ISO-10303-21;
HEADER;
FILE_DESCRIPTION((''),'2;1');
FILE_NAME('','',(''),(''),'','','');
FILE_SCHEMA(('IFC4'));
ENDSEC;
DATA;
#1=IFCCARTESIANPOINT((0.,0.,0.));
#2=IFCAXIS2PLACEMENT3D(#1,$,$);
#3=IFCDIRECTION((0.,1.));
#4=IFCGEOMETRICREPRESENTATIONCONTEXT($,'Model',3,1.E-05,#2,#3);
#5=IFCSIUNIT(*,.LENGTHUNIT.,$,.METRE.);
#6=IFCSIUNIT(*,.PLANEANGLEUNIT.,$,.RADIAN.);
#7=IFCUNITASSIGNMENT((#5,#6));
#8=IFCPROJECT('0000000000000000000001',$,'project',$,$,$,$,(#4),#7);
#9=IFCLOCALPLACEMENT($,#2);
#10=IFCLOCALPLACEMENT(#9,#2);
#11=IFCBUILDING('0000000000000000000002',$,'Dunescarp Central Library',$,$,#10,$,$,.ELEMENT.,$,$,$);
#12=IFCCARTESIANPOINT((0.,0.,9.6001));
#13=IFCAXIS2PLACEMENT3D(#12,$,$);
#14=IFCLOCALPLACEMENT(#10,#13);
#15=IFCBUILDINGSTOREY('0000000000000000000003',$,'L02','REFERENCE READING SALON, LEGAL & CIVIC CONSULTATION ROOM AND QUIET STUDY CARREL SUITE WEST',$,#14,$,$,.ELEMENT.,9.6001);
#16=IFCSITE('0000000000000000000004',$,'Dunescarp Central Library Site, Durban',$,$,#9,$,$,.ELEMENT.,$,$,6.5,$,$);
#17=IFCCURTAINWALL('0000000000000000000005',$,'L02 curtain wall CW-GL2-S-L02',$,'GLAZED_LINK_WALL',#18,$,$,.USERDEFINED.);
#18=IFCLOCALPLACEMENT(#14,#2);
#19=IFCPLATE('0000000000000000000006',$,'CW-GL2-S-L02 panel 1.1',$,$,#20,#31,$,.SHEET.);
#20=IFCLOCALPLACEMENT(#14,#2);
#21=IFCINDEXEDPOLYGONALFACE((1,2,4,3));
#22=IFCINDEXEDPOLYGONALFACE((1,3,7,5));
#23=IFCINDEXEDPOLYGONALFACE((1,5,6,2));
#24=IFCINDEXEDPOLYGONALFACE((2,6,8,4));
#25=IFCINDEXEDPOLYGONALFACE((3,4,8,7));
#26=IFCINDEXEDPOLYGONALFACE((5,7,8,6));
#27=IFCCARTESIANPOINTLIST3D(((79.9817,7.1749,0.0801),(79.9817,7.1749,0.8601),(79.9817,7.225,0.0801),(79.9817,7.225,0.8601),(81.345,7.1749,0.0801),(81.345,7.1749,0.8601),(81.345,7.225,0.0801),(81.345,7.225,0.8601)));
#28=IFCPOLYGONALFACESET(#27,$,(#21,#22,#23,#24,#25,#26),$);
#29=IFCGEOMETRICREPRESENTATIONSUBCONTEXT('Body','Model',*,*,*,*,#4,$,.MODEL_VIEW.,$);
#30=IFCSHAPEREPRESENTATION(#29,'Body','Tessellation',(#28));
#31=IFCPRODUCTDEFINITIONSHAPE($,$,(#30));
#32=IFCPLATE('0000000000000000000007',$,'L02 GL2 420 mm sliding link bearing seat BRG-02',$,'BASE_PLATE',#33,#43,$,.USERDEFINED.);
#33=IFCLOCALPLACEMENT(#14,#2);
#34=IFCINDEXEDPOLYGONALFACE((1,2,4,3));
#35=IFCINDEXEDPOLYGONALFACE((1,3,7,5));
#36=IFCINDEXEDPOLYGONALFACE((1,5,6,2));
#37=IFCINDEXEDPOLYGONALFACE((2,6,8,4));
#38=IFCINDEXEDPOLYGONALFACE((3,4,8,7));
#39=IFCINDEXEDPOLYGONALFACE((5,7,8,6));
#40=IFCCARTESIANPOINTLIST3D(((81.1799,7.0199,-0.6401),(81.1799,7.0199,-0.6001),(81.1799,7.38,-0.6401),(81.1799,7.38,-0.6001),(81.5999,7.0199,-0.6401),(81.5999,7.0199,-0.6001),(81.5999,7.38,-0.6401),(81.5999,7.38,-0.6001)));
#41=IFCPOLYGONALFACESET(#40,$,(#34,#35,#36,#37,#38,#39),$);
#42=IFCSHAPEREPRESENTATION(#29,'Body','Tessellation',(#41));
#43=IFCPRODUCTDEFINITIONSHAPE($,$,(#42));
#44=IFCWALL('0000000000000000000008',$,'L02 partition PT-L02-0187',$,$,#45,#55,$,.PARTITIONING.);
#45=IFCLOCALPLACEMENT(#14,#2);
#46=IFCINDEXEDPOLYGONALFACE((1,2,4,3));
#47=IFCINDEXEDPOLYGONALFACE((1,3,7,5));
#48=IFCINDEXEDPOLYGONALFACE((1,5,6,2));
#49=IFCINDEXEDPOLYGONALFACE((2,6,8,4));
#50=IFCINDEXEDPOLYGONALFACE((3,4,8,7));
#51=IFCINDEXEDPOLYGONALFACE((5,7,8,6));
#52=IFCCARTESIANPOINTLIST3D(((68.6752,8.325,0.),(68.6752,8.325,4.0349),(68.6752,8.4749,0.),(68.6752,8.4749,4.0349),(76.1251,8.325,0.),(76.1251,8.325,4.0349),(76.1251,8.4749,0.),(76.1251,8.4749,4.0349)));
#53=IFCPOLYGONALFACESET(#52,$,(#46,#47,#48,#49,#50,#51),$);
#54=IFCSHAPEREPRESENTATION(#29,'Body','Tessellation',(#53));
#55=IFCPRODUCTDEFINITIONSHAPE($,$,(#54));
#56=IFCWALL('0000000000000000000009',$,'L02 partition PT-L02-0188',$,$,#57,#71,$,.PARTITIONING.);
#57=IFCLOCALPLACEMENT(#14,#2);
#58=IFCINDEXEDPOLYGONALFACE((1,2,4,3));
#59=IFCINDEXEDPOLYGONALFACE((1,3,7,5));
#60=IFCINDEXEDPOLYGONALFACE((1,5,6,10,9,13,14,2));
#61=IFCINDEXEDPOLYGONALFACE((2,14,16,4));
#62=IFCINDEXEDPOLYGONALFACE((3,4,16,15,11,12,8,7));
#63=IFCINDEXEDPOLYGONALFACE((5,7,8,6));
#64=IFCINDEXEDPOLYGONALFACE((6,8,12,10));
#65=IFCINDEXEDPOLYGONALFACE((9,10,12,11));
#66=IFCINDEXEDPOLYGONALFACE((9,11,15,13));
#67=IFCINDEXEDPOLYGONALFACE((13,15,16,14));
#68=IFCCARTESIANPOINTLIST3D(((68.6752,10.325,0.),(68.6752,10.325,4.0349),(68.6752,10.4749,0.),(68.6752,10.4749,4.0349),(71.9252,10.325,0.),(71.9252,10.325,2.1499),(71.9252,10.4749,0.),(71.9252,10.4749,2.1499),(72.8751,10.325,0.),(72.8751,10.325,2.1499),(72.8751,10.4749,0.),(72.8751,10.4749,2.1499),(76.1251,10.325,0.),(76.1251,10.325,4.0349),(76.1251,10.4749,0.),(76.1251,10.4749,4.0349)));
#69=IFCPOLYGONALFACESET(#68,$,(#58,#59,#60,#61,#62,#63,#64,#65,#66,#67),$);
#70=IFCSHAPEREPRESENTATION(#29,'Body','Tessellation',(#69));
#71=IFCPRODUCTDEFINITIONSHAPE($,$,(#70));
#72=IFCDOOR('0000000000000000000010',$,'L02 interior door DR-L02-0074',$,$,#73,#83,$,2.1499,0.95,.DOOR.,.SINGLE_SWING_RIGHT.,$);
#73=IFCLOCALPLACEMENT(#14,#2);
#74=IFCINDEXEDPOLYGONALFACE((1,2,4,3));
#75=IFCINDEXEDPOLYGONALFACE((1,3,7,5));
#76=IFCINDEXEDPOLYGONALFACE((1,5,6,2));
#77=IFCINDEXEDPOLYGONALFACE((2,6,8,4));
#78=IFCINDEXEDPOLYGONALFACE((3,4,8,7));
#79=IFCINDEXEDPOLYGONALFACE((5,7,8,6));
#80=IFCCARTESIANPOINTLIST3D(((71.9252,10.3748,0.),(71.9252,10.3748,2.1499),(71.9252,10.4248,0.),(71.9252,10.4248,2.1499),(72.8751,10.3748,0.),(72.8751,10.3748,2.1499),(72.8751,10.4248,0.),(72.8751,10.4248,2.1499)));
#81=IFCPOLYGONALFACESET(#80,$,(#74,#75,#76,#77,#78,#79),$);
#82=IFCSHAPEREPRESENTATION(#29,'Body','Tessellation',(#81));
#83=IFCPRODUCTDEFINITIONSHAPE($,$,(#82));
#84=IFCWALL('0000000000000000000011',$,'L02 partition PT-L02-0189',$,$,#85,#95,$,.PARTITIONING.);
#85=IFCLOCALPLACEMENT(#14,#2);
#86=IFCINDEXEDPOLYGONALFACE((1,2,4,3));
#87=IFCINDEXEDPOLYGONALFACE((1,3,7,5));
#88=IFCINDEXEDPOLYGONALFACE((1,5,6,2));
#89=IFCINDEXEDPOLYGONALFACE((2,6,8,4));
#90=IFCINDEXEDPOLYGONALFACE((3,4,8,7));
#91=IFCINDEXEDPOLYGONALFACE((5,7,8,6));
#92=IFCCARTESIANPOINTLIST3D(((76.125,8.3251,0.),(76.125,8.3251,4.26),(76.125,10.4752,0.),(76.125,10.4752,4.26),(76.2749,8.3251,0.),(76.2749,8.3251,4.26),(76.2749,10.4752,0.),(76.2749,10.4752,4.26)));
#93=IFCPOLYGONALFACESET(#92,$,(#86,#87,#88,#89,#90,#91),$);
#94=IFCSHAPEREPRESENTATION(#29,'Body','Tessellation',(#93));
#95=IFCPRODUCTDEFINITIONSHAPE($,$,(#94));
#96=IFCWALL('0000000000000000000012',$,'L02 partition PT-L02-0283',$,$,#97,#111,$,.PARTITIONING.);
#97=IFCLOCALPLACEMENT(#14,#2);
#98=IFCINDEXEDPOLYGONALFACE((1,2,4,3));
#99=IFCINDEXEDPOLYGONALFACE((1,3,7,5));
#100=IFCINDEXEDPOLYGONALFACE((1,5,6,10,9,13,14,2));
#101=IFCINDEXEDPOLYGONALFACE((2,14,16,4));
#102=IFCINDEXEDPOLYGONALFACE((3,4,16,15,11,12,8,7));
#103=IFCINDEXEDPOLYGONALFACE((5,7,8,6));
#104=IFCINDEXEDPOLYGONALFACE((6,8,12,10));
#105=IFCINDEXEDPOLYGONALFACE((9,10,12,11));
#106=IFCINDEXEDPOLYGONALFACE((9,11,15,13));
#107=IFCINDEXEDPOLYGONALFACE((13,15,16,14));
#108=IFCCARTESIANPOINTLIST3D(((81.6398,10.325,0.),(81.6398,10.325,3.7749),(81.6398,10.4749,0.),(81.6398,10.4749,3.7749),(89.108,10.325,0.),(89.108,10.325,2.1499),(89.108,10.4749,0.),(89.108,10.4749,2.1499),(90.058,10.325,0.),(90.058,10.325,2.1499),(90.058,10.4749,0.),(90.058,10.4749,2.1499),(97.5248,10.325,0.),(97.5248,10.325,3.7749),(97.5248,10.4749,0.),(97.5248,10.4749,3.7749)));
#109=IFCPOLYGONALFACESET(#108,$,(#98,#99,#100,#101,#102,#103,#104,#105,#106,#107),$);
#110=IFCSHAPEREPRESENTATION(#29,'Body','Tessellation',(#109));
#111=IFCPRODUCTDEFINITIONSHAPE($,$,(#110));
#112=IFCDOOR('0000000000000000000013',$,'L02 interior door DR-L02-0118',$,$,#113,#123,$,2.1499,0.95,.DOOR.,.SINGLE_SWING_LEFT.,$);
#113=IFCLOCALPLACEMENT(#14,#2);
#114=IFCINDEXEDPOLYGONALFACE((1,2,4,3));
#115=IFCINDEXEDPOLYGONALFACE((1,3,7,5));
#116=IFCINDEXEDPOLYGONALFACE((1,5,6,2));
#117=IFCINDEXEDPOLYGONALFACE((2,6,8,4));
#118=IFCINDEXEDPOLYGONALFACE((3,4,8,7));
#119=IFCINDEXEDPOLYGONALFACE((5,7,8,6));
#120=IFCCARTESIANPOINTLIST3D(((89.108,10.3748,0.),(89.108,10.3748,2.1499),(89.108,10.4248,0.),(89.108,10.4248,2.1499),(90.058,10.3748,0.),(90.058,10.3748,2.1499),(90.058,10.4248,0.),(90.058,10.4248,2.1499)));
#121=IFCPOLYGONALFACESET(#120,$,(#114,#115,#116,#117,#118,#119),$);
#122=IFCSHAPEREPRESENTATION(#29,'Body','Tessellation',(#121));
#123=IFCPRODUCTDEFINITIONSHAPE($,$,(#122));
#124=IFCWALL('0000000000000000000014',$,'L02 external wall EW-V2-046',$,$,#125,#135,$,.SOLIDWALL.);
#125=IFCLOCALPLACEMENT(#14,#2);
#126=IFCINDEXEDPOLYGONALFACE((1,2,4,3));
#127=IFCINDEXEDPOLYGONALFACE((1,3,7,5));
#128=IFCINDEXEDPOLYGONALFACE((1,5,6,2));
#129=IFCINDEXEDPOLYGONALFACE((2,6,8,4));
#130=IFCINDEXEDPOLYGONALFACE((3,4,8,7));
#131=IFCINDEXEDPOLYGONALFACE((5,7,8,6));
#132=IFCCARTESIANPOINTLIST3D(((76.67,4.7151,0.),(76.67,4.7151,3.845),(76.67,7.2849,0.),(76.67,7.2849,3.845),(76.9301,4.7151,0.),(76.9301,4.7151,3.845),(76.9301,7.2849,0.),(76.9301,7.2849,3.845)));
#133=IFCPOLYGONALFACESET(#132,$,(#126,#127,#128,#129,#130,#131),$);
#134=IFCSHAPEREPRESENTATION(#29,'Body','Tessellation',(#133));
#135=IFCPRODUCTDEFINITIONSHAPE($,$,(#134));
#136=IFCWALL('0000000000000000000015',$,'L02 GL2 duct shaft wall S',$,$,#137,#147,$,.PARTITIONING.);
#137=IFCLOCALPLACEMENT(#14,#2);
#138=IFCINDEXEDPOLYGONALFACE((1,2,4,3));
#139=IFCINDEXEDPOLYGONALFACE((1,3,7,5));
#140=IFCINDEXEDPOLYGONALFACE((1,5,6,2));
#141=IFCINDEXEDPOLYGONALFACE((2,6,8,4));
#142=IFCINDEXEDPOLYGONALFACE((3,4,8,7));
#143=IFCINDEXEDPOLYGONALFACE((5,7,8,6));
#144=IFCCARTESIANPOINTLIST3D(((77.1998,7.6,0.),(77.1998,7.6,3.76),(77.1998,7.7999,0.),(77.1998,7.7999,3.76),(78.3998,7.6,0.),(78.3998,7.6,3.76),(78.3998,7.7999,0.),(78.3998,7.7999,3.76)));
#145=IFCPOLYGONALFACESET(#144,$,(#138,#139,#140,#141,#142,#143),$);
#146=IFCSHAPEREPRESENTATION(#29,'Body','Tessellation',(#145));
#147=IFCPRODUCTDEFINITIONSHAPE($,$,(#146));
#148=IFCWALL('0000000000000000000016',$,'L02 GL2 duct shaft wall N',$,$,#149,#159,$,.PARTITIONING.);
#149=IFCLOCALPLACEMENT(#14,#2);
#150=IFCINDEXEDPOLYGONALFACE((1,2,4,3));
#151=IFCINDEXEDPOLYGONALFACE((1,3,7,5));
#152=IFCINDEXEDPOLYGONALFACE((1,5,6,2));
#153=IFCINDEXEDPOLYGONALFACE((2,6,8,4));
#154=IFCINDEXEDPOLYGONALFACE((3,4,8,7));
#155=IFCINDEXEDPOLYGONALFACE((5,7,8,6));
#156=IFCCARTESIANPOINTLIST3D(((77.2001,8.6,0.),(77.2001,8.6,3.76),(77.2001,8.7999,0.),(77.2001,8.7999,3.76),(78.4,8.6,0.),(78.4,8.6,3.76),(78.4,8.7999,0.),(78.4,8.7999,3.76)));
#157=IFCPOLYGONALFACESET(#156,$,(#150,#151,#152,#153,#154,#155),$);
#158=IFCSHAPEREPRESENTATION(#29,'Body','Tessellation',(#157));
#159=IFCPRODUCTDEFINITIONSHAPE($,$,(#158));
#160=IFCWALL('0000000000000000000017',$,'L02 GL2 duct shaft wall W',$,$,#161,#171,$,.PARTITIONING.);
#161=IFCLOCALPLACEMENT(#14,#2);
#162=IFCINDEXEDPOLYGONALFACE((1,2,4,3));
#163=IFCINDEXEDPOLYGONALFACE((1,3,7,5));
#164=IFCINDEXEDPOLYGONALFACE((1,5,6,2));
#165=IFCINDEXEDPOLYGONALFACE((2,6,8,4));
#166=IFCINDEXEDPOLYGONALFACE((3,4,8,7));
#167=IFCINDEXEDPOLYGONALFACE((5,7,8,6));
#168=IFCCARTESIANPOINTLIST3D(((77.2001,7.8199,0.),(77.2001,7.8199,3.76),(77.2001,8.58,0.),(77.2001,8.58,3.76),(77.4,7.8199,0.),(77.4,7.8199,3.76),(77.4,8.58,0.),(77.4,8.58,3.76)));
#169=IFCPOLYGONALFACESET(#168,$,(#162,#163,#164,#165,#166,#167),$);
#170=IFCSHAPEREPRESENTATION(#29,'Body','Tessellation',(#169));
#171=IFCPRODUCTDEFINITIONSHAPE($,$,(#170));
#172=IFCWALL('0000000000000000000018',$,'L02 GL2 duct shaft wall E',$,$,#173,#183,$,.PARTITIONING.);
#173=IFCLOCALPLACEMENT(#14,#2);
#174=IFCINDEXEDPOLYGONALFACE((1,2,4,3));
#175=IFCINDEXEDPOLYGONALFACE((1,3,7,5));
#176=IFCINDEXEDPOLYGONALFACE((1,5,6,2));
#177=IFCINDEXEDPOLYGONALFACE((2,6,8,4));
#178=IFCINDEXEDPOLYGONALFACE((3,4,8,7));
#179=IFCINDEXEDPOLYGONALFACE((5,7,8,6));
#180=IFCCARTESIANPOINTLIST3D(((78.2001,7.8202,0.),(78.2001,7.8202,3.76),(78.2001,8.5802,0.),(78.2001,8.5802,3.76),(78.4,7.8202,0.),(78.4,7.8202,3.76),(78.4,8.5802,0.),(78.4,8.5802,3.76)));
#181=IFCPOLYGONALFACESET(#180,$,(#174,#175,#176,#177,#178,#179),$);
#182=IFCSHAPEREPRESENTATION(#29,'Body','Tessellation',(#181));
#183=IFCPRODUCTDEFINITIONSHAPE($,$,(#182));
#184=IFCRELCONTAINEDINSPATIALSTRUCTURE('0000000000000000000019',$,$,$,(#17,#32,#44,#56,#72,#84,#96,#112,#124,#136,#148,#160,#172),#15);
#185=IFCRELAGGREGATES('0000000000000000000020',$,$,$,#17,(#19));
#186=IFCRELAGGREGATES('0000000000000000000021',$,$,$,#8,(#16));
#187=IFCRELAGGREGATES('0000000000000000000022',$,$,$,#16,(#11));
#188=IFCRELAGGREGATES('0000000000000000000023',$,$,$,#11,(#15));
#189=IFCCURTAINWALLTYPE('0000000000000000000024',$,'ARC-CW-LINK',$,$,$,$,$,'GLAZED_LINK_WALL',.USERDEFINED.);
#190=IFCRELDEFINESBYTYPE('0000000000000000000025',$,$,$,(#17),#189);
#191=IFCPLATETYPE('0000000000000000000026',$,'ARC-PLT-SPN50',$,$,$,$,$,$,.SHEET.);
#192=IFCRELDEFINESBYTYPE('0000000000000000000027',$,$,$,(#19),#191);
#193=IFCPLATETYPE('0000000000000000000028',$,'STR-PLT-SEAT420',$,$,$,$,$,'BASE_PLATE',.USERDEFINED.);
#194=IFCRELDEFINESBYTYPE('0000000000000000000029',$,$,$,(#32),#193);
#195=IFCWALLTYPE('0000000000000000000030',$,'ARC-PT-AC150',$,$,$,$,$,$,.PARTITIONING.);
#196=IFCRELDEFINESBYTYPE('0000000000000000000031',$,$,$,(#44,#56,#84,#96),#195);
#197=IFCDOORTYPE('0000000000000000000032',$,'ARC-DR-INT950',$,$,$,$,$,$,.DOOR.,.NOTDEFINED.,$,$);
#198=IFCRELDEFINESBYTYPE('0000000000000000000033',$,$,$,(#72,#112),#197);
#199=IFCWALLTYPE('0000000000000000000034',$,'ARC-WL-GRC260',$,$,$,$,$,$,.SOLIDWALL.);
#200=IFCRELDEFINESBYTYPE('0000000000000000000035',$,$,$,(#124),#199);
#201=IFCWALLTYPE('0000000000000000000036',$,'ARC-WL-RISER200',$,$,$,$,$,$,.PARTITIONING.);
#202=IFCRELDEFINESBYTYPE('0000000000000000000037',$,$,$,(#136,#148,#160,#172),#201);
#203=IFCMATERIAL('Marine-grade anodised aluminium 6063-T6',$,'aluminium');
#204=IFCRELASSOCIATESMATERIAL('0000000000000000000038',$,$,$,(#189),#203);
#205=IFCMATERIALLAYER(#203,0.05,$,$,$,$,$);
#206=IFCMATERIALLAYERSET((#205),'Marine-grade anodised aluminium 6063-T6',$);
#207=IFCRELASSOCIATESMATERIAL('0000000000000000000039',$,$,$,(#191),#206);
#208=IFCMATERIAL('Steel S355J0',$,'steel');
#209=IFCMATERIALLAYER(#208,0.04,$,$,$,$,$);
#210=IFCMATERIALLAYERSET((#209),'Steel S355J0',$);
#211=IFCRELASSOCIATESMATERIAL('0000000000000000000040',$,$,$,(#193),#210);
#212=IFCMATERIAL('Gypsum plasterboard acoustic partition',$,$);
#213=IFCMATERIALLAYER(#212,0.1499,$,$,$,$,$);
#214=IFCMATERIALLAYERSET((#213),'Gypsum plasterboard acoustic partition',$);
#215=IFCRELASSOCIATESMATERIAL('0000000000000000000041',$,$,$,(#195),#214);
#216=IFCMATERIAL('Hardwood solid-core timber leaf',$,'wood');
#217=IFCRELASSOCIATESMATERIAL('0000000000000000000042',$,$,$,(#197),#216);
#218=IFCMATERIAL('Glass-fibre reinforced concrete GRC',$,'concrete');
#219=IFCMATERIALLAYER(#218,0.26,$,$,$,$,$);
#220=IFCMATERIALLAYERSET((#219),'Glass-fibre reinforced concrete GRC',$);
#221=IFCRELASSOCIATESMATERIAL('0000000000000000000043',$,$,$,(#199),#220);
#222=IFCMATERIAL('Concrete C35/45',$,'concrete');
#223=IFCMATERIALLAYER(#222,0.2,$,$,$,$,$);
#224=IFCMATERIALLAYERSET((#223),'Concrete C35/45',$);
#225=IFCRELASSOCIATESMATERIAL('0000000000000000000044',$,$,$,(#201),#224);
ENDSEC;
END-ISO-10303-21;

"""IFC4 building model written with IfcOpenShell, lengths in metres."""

from ifc_helpers import new_model, si_unit, direction, frame, frame_2d, origin, origin_2d, place, context, subcontext, project, spatial, rectangle, extrude, material, layer, layer_set, type_object, element, fill, aggregate, save


model = new_model("IFC4")

# Units and contexts
model_context = context("Model", 3, precision=1e-05, world=origin(), true_north=direction((0.0, 1.0)))
body_context = subcontext(model_context, "Body", "Model", "MODEL_VIEW")
ifc_project = project(units=[si_unit("LENGTHUNIT", "METRE"), si_unit("PLANEANGLEUNIT", "RADIAN")], contexts=[model_context])

# Site, building, storey
site_placement = place(None, origin())
site = spatial("IfcSite", under=ifc_project, at=site_placement, Name="Dunescarp Central Library Site, Durban", CompositionType="ELEMENT", RefElevation=6.5)
building_placement = place(site_placement, origin())
building = spatial("IfcBuilding", under=site, at=building_placement, Name="Dunescarp Central Library", CompositionType="ELEMENT")
storey_placement = place(building_placement, frame((0.0, 0.0, 9.6001)))
storey = spatial("IfcBuildingStorey", under=building, at=storey_placement, Name="L02", Description="REFERENCE READING SALON, LEGAL & CIVIC CONSULTATION ROOM AND QUIET STUDY CARREL SUITE WEST", CompositionType="ELEMENT", Elevation=9.6001)

# Curtain wall
ifc_material_1 = material(Name="Marine-grade anodised aluminium 6063-T6", Category="aluminium")
curtain_wall_type = type_object("IfcCurtainWallType", Name="ARC-CW-LINK", ElementType="GLAZED_LINK_WALL", PredefinedType="USERDEFINED", material=ifc_material_1)
curtain_wall_placement = place(storey_placement, origin())
curtain_wall = element("IfcCurtainWall", 1, at=curtain_wall_placement, inside=storey, type_object=curtain_wall_type, Name="L02 curtain wall CW-GL2-S-L02", ObjectType="GLAZED_LINK_WALL", PredefinedType="USERDEFINED")

# Plates
ifc_layer_1 = layer(ifc_material_1, 0.05)
ifc_layer_set_1 = layer_set([ifc_layer_1], Name="Marine-grade anodised aluminium 6063-T6")
plate_type_1 = type_object("IfcPlateType", Name="ARC-PLT-SPN50", PredefinedType="SHEET", material=ifc_layer_set_1)
plate_1_placement = place(storey_placement, frame((80.6633, 7.2, 0.0801), z_axis=(0.0, 0.0, 1.0), x_axis=(-1.0, 0.0, 0.0)))
plate_1 = element("IfcPlate", 2, at=plate_1_placement, type_object=plate_type_1, Name="CW-GL2-S-L02 panel 1.1", PredefinedType="SHEET", context=body_context, shape_type="SweptSolid", body=[
    extrude(rectangle(XDim=1.3633, YDim=0.05, at=origin_2d()), origin(), (0.0, 0.0, 1.0), 0.78),
])
aggregate(curtain_wall, [plate_1])
ifc_material_2 = material(Name="Steel S355J0", Category="steel")
ifc_layer_2 = layer(ifc_material_2, 0.04)
ifc_layer_set_2 = layer_set([ifc_layer_2], Name="Steel S355J0")
plate_type_2 = type_object("IfcPlateType", Name="STR-PLT-SEAT420", ElementType="BASE_PLATE", PredefinedType="USERDEFINED", material=ifc_layer_set_2)
plate_2_placement = place(storey_placement, frame((81.3899, 7.2, -0.6401), z_axis=(0.0, 0.0, 1.0), x_axis=(1.0, 0.0, 0.0)))
element("IfcPlate", 3, at=plate_2_placement, inside=storey, type_object=plate_type_2, Name="L02 GL2 420 mm sliding link bearing seat BRG-02", ObjectType="BASE_PLATE", PredefinedType="USERDEFINED", context=body_context, shape_type="SweptSolid", body=[
    extrude(rectangle(XDim=0.4199, YDim=0.3601, at=origin_2d()), origin(), (0.0, 0.0, 1.0), 0.04),
])

# Wall
ifc_material_3 = material(Name="Gypsum plasterboard acoustic partition")
ifc_layer_3 = layer(ifc_material_3, 0.1499)
ifc_layer_set_3 = layer_set([ifc_layer_3], Name="Gypsum plasterboard acoustic partition")
wall_type_1 = type_object("IfcWallType", Name="ARC-PT-AC150", PredefinedType="PARTITIONING", material=ifc_layer_set_3)
wall_1_placement = place(storey_placement, frame((68.675, 8.3999, 0.0), z_axis=(0.0, 0.0, 1.0), x_axis=(1.0, 0.0, 0.0)))
element("IfcWall", 4, at=wall_1_placement, inside=storey, type_object=wall_type_1, Name="L02 partition PT-L02-0187", PredefinedType="PARTITIONING", context=body_context, shape_type="SweptSolid", body=[
    extrude(rectangle(XDim=7.45, YDim=0.1499, at=frame_2d((3.7251, 0.0))), origin(), (0.0, 0.0, 1.0), 4.0349),
])

# Wall, opening, door
wall_2_placement = place(storey_placement, frame((68.675, 10.3999, 0.0), z_axis=(0.0, 0.0, 1.0), x_axis=(1.0, 0.0, 0.0)))
wall_2 = element("IfcWall", 5, at=wall_2_placement, inside=storey, type_object=wall_type_1, Name="L02 partition PT-L02-0188", PredefinedType="PARTITIONING", context=body_context, shape_type="SweptSolid", body=[
    extrude(rectangle(XDim=7.45, YDim=0.1499, at=frame_2d((3.7251, 0.0))), origin(), (0.0, 0.0, 1.0), 4.0349),
])
opening_1_placement = place(wall_2_placement, frame((3.25, 0.0, 0.0)))
opening_1 = element("IfcOpeningElement", 6, at=opening_1_placement, cuts=wall_2, PredefinedType="OPENING", context=body_context, shape_type="SweptSolid", body=[
    extrude(rectangle(XDim=0.95, YDim=2.1499, at=frame_2d((0.4751, 1.075))), frame((0.0, 0.085, 0.0), z_axis=(0.0, -1.0, 0.0), x_axis=(1.0, 0.0, 0.0)), (0.0, 0.0, 1.0), 0.1699),
])
ifc_material_4 = material(Name="Hardwood solid-core timber leaf", Category="wood")
door_type_1 = type_object("IfcDoorType", Name="ARC-DR-INT950", OperationType="NOTDEFINED", PredefinedType="DOOR", material=ifc_material_4)
door_1_placement = place(opening_1_placement, origin())
door_1 = element("IfcDoor", 7, at=door_1_placement, inside=storey, type_object=door_type_1, Name="L02 interior door DR-L02-0074", OperationType="SINGLE_SWING_RIGHT", OverallHeight=2.1499, OverallWidth=0.95, PredefinedType="DOOR", context=body_context, shape_type="SweptSolid", body=[
    extrude(rectangle(XDim=0.95, YDim=2.1499, at=frame_2d((0.4751, 1.075))), frame((0.0, 0.0249, 0.0), z_axis=(0.0, -1.0, 0.0), x_axis=(1.0, 0.0, 0.0)), (0.0, 0.0, 1.0), 0.05),
])
fill(opening_1, door_1)

# Wall
wall_3_placement = place(storey_placement, frame((76.2, 8.325, 0.0), z_axis=(0.0, 0.0, 1.0), x_axis=(0.0, 1.0, 0.0)))
element("IfcWall", 8, at=wall_3_placement, inside=storey, type_object=wall_type_1, Name="L02 partition PT-L02-0189", PredefinedType="PARTITIONING", context=body_context, shape_type="SweptSolid", body=[
    extrude(rectangle(XDim=2.1501, YDim=0.1499, at=frame_2d((1.0752, 0.0))), origin(), (0.0, 0.0, 1.0), 4.26),
])

# Wall, opening, door
wall_4_placement = place(storey_placement, frame((81.6399, 10.3999, 0.0), z_axis=(0.0, 0.0, 1.0), x_axis=(1.0, 0.0, 0.0)))
wall_4 = element("IfcWall", 9, at=wall_4_placement, inside=storey, type_object=wall_type_1, Name="L02 partition PT-L02-0283", PredefinedType="PARTITIONING", context=body_context, shape_type="SweptSolid", body=[
    extrude(rectangle(XDim=15.885, YDim=0.1499, at=frame_2d((7.9424, 0.0))), origin(), (0.0, 0.0, 1.0), 3.7749),
])
opening_2_placement = place(wall_4_placement, frame((7.468, 0.0, 0.0)))
opening_2 = element("IfcOpeningElement", 10, at=opening_2_placement, cuts=wall_4, PredefinedType="OPENING", context=body_context, shape_type="SweptSolid", body=[
    extrude(rectangle(XDim=0.95, YDim=2.1499, at=frame_2d((0.4751, 1.075))), frame((0.0, 0.085, 0.0), z_axis=(0.0, -1.0, 0.0), x_axis=(1.0, 0.0, 0.0)), (0.0, 0.0, 1.0), 0.1699),
])
door_2_placement = place(opening_2_placement, origin())
door_2 = element("IfcDoor", 11, at=door_2_placement, inside=storey, type_object=door_type_1, Name="L02 interior door DR-L02-0118", OperationType="SINGLE_SWING_LEFT", OverallHeight=2.1499, OverallWidth=0.95, PredefinedType="DOOR", context=body_context, shape_type="SweptSolid", body=[
    extrude(rectangle(XDim=0.95, YDim=2.1499, at=frame_2d((0.4751, 1.075))), frame((0.0, 0.0249, 0.0), z_axis=(0.0, -1.0, 0.0), x_axis=(1.0, 0.0, 0.0)), (0.0, 0.0, 1.0), 0.05),
])
fill(opening_2, door_2)

# Walls
ifc_material_5 = material(Name="Glass-fibre reinforced concrete GRC", Category="concrete")
ifc_layer_4 = layer(ifc_material_5, 0.26)
ifc_layer_set_4 = layer_set([ifc_layer_4], Name="Glass-fibre reinforced concrete GRC")
wall_type_2 = type_object("IfcWallType", Name="ARC-WL-GRC260", PredefinedType="SOLIDWALL", material=ifc_layer_set_4)
wall_5_placement = place(storey_placement, frame((76.8, 7.2849, 0.0), z_axis=(0.0, 0.0, 1.0), x_axis=(0.0, -1.0, 0.0)))
element("IfcWall", 12, at=wall_5_placement, inside=storey, type_object=wall_type_2, Name="L02 external wall EW-V2-046", PredefinedType="SOLIDWALL", context=body_context, shape_type="SweptSolid", body=[
    extrude(rectangle(XDim=2.5698, YDim=0.26, at=frame_2d((1.2849, 0.0))), origin(), (0.0, 0.0, 1.0), 3.845),
])
ifc_material_6 = material(Name="Concrete C35/45", Category="concrete")
ifc_layer_5 = layer(ifc_material_6, 0.2)
ifc_layer_set_5 = layer_set([ifc_layer_5], Name="Concrete C35/45")
wall_type_3 = type_object("IfcWallType", Name="ARC-WL-RISER200", PredefinedType="PARTITIONING", material=ifc_layer_set_5)
for number, where, z_axis, x_axis, name in (
    (13, (78.3999, 7.7, 0.0), (0.0, 0.0, 1.0), (-1.0, 0.0, 0.0), "L02 GL2 duct shaft wall S"),
    (14, (77.2, 8.7, 0.0), (0.0, 0.0, 1.0), (1.0, 0.0, 0.0), "L02 GL2 duct shaft wall N"),
):
    element("IfcWall", number, at=place(storey_placement, frame(where, z_axis=z_axis, x_axis=x_axis)), inside=storey, type_object=wall_type_3, Name=name, PredefinedType="PARTITIONING", context=body_context, shape_type="SweptSolid", body=[
        extrude(rectangle(XDim=1.2, YDim=0.2, at=frame_2d((0.6001, 0.0))), origin(), (0.0, 0.0, 1.0), 3.76),
    ])
for number, where, z_axis, x_axis, name in (
    (15, (77.3, 7.8201, 0.0), (0.0, 0.0, 1.0), (0.0, 1.0, 0.0), "L02 GL2 duct shaft wall W"),
    (16, (78.3, 8.5801, 0.0), (0.0, 0.0, 1.0), (0.0, -1.0, 0.0), "L02 GL2 duct shaft wall E"),
):
    element("IfcWall", number, at=place(storey_placement, frame(where, z_axis=z_axis, x_axis=x_axis)), inside=storey, type_object=wall_type_3, Name=name, PredefinedType="PARTITIONING", context=body_context, shape_type="SweptSolid", body=[
        extrude(rectangle(XDim=0.76, YDim=0.2, at=frame_2d((0.3799, 0.0))), origin(), (0.0, 0.0, 1.0), 3.76),
    ])

save(model, "model.ifc")
